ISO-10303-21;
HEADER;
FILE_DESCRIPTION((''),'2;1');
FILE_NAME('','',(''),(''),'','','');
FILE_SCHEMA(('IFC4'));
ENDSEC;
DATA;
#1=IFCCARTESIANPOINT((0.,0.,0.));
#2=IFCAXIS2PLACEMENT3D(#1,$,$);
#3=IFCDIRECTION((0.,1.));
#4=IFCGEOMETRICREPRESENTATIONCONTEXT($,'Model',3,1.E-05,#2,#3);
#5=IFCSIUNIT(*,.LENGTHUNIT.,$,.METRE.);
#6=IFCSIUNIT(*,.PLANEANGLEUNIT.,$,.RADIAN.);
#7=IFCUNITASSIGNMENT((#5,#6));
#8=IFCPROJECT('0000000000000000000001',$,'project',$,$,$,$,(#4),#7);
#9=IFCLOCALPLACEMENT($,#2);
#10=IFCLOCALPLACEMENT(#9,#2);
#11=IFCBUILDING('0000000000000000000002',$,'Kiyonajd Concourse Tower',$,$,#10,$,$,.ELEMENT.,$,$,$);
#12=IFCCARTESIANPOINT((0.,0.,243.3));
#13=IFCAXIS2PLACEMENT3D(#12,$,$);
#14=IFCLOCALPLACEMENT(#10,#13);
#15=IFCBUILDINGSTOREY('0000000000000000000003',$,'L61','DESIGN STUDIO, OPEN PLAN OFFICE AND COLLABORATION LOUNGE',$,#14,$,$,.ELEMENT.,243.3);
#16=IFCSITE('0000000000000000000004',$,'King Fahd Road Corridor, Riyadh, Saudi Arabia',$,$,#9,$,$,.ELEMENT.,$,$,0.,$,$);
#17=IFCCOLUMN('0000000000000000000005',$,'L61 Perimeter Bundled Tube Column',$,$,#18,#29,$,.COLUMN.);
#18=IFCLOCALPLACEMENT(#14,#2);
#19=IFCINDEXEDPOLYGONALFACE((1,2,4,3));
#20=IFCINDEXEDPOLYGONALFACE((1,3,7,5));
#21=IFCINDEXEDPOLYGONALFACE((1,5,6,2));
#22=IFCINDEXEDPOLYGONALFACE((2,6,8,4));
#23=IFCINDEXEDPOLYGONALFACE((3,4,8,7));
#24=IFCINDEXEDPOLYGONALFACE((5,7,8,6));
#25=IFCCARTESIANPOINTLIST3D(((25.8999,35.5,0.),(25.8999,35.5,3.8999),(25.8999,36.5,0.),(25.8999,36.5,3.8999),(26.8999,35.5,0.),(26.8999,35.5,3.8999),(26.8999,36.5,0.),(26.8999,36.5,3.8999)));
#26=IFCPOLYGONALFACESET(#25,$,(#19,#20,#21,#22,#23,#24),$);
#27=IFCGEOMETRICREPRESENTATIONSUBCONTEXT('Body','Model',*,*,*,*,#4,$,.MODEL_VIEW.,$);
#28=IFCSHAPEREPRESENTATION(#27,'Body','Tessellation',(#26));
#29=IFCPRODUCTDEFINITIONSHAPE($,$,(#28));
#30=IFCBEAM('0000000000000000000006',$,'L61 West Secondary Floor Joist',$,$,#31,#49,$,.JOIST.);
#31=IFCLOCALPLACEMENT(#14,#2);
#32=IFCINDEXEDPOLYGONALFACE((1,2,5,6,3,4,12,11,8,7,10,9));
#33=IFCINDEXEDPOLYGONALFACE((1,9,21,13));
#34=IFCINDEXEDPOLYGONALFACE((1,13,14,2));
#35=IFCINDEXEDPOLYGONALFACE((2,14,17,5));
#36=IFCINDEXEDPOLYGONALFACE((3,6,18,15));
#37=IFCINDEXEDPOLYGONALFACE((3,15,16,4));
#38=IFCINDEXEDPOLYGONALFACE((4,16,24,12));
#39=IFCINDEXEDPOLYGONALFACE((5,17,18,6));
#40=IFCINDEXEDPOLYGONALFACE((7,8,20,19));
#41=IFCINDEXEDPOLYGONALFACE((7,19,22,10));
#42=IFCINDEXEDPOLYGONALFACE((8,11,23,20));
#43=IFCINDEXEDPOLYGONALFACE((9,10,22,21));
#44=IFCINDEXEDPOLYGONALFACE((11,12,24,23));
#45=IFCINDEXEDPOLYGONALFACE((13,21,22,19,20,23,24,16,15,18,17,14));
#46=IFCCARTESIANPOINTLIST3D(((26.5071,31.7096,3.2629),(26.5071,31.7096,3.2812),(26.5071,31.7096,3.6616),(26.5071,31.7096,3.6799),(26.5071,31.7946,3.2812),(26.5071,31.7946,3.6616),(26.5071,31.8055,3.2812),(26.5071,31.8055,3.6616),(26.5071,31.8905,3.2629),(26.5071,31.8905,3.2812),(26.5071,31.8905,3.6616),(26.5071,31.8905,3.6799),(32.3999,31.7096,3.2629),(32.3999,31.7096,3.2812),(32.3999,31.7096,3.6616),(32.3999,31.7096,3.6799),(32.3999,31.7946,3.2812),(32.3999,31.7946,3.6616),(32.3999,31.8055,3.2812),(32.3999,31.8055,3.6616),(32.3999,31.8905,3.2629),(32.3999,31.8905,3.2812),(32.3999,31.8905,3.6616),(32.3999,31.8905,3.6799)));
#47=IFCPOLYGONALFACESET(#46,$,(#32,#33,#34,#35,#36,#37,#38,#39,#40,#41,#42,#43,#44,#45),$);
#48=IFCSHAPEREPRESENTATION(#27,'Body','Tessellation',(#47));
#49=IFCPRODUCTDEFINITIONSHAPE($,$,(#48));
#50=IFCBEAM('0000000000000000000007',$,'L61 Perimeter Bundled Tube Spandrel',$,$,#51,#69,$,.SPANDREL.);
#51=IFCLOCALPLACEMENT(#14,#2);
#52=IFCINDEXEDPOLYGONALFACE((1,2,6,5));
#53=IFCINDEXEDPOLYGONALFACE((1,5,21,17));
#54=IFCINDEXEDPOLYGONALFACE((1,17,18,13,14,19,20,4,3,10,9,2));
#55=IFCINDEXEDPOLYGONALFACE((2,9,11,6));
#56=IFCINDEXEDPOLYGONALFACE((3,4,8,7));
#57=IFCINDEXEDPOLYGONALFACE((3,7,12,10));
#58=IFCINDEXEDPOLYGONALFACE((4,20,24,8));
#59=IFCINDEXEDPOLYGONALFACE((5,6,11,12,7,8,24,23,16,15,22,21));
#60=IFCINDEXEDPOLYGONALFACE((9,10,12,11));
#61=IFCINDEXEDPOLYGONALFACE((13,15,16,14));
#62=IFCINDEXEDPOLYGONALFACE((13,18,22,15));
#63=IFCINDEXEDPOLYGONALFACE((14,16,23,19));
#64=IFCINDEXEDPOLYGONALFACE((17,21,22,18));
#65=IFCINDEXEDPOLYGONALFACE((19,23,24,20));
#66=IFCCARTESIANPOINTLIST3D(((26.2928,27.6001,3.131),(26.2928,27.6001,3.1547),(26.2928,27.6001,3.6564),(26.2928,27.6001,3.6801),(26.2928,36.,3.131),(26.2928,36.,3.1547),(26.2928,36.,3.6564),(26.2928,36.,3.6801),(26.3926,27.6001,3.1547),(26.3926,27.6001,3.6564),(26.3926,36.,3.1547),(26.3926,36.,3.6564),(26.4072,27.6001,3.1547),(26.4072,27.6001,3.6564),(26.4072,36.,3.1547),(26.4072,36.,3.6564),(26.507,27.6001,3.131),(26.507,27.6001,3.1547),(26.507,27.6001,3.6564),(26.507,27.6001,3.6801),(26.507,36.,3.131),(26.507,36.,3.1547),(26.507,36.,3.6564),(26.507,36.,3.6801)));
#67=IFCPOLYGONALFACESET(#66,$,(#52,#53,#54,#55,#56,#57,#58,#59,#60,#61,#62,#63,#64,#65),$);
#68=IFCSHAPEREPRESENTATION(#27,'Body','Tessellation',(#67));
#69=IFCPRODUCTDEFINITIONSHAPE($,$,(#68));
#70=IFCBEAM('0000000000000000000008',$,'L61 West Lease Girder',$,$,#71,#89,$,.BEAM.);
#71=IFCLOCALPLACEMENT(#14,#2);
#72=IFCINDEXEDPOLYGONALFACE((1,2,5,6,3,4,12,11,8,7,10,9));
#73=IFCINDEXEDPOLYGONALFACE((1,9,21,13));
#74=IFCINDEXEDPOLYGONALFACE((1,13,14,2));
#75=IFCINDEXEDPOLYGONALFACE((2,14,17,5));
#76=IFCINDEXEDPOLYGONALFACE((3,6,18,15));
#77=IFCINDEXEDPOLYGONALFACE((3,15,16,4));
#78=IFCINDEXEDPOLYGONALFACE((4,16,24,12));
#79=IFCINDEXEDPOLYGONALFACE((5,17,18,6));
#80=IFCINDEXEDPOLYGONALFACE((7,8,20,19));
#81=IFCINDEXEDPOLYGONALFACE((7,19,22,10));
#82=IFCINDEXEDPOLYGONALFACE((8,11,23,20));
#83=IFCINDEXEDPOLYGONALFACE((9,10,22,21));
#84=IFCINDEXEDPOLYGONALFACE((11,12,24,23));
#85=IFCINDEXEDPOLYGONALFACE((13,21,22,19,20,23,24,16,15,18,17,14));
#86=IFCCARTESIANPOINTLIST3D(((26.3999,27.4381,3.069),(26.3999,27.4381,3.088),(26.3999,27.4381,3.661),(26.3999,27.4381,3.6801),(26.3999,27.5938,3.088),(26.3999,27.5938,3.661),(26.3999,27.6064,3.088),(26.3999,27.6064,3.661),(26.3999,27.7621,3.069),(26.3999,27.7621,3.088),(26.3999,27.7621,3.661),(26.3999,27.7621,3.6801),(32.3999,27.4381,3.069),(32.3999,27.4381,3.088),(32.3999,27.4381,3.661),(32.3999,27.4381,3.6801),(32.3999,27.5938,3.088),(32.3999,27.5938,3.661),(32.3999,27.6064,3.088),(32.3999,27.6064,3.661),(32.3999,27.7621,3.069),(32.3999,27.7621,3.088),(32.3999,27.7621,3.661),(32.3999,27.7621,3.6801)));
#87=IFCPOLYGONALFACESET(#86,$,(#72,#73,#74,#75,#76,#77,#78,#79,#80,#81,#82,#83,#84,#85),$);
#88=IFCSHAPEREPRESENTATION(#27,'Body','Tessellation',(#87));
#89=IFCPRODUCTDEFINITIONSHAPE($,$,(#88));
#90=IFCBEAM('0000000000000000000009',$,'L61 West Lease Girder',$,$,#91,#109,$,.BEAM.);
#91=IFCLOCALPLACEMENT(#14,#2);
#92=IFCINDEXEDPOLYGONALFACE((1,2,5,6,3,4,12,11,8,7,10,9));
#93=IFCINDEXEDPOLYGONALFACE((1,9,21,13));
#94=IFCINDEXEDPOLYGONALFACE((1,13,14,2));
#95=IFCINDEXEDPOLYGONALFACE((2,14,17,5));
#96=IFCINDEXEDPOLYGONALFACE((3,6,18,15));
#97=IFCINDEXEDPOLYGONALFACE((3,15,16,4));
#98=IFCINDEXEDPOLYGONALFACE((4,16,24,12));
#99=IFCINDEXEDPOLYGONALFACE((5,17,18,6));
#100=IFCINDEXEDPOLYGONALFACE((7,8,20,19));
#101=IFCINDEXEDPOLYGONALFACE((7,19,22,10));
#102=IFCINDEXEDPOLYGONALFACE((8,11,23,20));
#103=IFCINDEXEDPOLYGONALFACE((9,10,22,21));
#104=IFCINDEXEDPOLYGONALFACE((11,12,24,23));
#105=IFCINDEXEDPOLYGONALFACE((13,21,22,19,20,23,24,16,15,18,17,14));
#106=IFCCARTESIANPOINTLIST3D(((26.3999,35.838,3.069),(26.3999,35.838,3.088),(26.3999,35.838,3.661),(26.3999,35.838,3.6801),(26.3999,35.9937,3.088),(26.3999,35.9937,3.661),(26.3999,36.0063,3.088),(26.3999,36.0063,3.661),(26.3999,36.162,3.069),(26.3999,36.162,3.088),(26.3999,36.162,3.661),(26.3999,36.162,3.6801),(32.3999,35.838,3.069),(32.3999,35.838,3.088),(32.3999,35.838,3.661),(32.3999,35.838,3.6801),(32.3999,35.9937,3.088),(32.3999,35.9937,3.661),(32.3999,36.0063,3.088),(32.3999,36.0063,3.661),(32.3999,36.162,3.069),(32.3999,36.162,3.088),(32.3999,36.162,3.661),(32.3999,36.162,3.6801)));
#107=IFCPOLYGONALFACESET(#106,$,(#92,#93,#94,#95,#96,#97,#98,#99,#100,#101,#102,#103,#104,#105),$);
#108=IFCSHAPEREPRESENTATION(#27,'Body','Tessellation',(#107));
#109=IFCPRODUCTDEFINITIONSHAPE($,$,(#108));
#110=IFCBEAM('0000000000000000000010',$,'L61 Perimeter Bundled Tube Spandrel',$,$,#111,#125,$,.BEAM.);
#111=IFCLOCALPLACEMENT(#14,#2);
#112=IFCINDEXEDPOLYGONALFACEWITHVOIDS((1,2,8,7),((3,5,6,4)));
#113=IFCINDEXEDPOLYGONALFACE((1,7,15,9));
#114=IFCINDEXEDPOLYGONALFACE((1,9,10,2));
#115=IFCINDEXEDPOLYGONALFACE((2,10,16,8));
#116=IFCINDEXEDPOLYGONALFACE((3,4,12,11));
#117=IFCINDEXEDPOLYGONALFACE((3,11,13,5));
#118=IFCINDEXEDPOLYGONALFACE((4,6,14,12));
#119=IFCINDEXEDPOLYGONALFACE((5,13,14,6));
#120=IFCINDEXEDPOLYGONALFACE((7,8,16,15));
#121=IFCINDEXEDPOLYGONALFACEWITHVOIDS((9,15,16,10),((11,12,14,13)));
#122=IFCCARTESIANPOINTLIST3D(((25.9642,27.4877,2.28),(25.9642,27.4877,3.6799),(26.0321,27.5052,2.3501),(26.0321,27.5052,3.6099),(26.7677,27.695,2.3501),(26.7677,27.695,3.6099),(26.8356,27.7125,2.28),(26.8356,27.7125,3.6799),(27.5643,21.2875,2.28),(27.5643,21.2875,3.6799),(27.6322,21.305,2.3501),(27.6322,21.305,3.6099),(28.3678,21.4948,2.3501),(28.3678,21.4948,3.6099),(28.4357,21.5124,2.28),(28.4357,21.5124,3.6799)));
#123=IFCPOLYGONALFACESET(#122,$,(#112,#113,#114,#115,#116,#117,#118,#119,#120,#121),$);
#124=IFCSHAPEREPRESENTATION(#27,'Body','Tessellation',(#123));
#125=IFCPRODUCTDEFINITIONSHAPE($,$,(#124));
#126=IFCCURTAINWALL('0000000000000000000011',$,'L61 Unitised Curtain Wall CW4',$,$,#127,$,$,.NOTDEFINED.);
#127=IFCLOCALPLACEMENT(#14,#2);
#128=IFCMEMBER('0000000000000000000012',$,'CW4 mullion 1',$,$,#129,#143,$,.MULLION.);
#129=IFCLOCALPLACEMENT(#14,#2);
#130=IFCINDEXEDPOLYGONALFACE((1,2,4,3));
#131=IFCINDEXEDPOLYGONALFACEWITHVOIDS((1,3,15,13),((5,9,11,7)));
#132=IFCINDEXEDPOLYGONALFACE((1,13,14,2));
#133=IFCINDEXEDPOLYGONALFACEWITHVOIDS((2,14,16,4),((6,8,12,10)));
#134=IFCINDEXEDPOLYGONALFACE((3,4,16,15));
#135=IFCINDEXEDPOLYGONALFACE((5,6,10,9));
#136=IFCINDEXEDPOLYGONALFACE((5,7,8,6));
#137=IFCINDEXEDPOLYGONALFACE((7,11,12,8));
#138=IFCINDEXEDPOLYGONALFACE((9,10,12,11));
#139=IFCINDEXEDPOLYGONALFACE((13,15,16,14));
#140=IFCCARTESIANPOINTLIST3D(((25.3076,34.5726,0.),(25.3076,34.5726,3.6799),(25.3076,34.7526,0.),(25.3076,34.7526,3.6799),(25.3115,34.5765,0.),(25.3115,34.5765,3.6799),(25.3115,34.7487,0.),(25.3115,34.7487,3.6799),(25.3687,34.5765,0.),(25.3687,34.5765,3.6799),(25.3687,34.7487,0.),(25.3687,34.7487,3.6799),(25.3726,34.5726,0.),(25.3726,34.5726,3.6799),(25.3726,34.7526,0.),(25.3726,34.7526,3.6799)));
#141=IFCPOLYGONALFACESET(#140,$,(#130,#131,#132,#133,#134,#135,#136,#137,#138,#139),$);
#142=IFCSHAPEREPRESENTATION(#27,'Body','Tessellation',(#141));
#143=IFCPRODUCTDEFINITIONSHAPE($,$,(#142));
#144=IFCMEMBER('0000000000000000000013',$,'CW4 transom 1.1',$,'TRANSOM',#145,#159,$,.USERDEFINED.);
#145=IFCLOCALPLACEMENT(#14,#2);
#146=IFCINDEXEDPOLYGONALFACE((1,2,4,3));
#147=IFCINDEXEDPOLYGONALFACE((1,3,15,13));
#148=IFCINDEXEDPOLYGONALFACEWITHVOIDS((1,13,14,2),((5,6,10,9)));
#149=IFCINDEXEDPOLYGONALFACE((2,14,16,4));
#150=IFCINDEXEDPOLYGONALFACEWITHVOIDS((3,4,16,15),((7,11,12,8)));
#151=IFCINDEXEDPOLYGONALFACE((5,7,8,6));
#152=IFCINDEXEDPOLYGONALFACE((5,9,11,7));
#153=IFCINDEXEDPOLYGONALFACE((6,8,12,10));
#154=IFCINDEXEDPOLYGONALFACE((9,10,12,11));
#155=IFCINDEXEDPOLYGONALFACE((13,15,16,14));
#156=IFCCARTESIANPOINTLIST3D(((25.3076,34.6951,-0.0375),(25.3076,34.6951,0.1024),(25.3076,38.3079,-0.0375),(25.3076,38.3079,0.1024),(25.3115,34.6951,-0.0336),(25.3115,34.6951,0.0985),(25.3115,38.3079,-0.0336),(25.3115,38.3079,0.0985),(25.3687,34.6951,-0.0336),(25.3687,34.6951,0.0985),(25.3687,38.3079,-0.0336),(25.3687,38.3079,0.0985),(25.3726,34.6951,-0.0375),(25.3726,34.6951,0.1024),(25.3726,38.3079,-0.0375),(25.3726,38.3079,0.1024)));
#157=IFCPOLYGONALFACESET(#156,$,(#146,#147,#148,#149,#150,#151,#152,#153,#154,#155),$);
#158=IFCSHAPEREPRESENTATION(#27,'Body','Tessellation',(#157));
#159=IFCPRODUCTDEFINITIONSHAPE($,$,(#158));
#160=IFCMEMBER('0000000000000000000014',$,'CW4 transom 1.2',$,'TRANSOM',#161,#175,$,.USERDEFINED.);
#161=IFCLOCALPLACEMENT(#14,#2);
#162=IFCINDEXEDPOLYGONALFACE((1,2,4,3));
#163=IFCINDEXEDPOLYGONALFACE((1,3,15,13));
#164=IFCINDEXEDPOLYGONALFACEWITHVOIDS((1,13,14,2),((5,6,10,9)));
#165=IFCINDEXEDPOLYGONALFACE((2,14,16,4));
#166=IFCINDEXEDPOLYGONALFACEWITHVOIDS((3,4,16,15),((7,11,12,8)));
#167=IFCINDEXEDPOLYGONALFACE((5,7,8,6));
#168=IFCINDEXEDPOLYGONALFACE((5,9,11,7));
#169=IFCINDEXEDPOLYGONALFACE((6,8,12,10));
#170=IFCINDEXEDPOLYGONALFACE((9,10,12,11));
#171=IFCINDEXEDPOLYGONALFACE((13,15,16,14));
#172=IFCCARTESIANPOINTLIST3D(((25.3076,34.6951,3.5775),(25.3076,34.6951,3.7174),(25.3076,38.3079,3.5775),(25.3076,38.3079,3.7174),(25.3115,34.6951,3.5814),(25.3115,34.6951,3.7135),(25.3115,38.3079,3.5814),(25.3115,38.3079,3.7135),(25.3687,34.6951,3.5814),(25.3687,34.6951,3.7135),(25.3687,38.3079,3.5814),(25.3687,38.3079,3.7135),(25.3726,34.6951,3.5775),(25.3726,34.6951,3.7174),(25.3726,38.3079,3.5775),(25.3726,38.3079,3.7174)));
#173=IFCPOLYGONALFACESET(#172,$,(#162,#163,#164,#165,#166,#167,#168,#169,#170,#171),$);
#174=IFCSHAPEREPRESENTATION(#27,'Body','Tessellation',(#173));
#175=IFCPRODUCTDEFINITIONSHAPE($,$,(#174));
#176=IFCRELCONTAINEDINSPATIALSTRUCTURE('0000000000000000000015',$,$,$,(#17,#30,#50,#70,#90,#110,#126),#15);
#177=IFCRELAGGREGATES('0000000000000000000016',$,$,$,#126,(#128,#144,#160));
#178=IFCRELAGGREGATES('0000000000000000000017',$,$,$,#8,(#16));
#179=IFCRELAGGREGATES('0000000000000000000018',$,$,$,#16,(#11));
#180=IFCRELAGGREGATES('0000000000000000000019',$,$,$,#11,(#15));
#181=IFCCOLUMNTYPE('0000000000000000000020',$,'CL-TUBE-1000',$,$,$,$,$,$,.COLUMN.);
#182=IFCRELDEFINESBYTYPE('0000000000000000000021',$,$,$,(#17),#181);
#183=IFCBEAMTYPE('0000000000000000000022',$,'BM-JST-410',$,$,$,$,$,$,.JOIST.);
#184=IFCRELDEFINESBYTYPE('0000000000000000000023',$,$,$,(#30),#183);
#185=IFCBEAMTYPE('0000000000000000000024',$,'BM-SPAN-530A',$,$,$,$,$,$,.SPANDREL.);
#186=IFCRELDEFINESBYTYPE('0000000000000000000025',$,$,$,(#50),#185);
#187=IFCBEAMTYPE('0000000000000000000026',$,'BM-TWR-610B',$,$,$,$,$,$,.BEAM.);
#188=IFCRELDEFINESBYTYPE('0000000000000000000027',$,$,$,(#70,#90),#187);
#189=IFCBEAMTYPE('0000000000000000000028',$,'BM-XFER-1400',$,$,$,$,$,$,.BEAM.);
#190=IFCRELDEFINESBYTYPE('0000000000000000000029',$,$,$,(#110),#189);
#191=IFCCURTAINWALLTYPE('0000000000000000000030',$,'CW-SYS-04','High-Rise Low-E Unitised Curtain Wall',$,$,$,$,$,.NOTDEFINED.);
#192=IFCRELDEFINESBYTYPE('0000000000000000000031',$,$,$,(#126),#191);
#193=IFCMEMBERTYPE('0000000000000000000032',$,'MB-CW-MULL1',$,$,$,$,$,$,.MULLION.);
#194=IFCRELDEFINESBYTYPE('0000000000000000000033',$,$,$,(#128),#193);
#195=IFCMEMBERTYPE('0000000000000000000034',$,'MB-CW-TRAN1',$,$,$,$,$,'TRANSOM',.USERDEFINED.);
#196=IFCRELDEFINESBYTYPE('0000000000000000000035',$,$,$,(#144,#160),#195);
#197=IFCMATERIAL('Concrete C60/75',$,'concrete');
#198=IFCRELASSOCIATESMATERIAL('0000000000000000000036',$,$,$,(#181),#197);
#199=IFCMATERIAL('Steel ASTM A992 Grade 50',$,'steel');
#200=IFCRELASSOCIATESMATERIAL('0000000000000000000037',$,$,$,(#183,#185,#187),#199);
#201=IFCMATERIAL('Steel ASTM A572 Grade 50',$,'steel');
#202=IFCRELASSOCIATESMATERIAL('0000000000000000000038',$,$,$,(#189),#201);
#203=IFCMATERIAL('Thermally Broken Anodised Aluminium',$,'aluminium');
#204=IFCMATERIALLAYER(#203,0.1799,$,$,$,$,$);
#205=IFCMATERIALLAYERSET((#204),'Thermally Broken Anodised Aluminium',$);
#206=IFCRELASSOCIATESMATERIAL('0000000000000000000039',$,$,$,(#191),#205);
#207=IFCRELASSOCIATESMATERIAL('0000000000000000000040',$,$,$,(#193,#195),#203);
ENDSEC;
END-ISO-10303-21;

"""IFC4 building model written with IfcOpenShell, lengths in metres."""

from ifc_helpers import new_model, si_unit, direction, frame, origin, origin_2d, place, context, subcontext, project, spatial, rectangle, hollow_rectangle, i_section, extrude, material, layer, layer_set, material_profile, profile_set, type_object, element, aggregate, save


model = new_model("IFC4")

# Units and contexts
model_context = context("Model", 3, precision=1e-05, world=origin(), true_north=direction((0.0, 1.0)))
body_context = subcontext(model_context, "Body", "Model", "MODEL_VIEW")
ifc_project = project(units=[si_unit("LENGTHUNIT", "METRE"), si_unit("PLANEANGLEUNIT", "RADIAN")], contexts=[model_context])

# Site, building, storey
site_placement = place(None, origin())
site = spatial("IfcSite", under=ifc_project, at=site_placement, Name="King Fahd Road Corridor, Riyadh, Saudi Arabia", CompositionType="ELEMENT", RefElevation=0.0)
building_placement = place(site_placement, origin())
building = spatial("IfcBuilding", under=site, at=building_placement, Name="Kiyonajd Concourse Tower", CompositionType="ELEMENT")
storey_placement = place(building_placement, frame((0.0, 0.0, 243.3)))
storey = spatial("IfcBuildingStorey", under=building, at=storey_placement, Name="L61", Description="DESIGN STUDIO, OPEN PLAN OFFICE AND COLLABORATION LOUNGE", CompositionType="ELEMENT", Elevation=243.3)

# Column
ifc_material_1 = material(Name="Concrete C60/75", Category="concrete")
ifc_material_profile_1 = material_profile(ifc_material_1, rectangle(XDim=1.0, YDim=1.0, at=origin_2d()), Name="RC-1000x1000")
ifc_profile_set_1 = profile_set([ifc_material_profile_1], Name="Concrete C60/75")
column_type = type_object("IfcColumnType", Name="CL-TUBE-1000", PredefinedType="COLUMN", material=ifc_profile_set_1)
column_placement = place(storey_placement, frame((26.3999, 36.0, 0.0), z_axis=(0.0, 0.0, 1.0), x_axis=(1.0, 0.0, 0.0)))
element("IfcColumn", 1, at=column_placement, inside=storey, type_object=column_type, Name="L61 Perimeter Bundled Tube Column", PredefinedType="COLUMN", context=body_context, shape_type="SweptSolid", body=[
    extrude(rectangle(XDim=1.0, YDim=1.0, at=origin_2d()), origin(), (0.0, 0.0, 1.0), 3.8999),
])

# Beams
ifc_material_2 = material(Name="Steel ASTM A992 Grade 50", Category="steel")
ifc_material_profile_2 = material_profile(ifc_material_2, i_section(OverallWidth=0.1809, OverallDepth=0.417, WebThickness=0.011, FlangeThickness=0.0183, at=origin_2d()), Name="W410X85")
ifc_profile_set_2 = profile_set([ifc_material_profile_2], Name="Steel ASTM A992 Grade 50")
beam_type_1 = type_object("IfcBeamType", Name="BM-JST-410", PredefinedType="JOIST", material=ifc_profile_set_2)
beam_1_placement = place(storey_placement, frame((26.5071, 31.8, 3.4714), z_axis=(1.0, 0.0, 0.0), x_axis=(0.0, 1.0, 0.0)))
element("IfcBeam", 2, at=beam_1_placement, inside=storey, type_object=beam_type_1, Name="L61 West Secondary Floor Joist", PredefinedType="JOIST", context=body_context, shape_type="SweptSolid", body=[
    extrude(i_section(OverallWidth=0.1809, OverallDepth=0.417, WebThickness=0.011, FlangeThickness=0.0183, at=origin_2d()), origin(), (0.0, 0.0, 1.0), 5.8928),
])
ifc_material_profile_3 = material_profile(ifc_material_2, i_section(OverallWidth=0.2141, OverallDepth=0.5491, WebThickness=0.0146, FlangeThickness=0.0237, at=origin_2d()), Name="W530X138")
ifc_profile_set_3 = profile_set([ifc_material_profile_3], Name="Steel ASTM A992 Grade 50")
beam_type_2 = type_object("IfcBeamType", Name="BM-SPAN-530A", PredefinedType="SPANDREL", material=ifc_profile_set_3)
beam_2_placement = place(storey_placement, frame((26.3999, 36.0, 3.4055), z_axis=(0.0, -1.0, 0.0), x_axis=(1.0, 0.0, 0.0)))
element("IfcBeam", 3, at=beam_2_placement, inside=storey, type_object=beam_type_2, Name="L61 Perimeter Bundled Tube Spandrel", PredefinedType="SPANDREL", context=body_context, shape_type="SweptSolid", body=[
    extrude(i_section(OverallWidth=0.2141, OverallDepth=0.5491, WebThickness=0.0146, FlangeThickness=0.0237, at=origin_2d()), origin(), (0.0, 0.0, 1.0), 8.3999),
])
ifc_material_profile_4 = material_profile(ifc_material_2, i_section(OverallWidth=0.324, OverallDepth=0.6111, WebThickness=0.0127, FlangeThickness=0.019, at=origin_2d()), Name="W610X155")
ifc_profile_set_4 = profile_set([ifc_material_profile_4], Name="Steel ASTM A992 Grade 50")
beam_type_3 = type_object("IfcBeamType", Name="BM-TWR-610B", PredefinedType="BEAM", material=ifc_profile_set_4)
for number, where, z_axis, x_axis, name in (
    (4, (26.3999, 27.6001, 3.3745), (1.0, 0.0, 0.0), (0.0, 1.0, 0.0), "L61 West Lease Girder"),
    (5, (26.3999, 36.0, 3.3745), (1.0, 0.0, 0.0), (0.0, 1.0, 0.0), "L61 West Lease Girder"),
):
    element("IfcBeam", number, at=place(storey_placement, frame(where, z_axis=z_axis, x_axis=x_axis)), inside=storey, type_object=beam_type_3, Name=name, PredefinedType="BEAM", context=body_context, shape_type="SweptSolid", body=[
        extrude(i_section(OverallWidth=0.324, OverallDepth=0.6111, WebThickness=0.0127, FlangeThickness=0.019, at=origin_2d()), origin(), (0.0, 0.0, 1.0), 6.0),
    ])
ifc_material_3 = material(Name="Steel ASTM A572 Grade 50", Category="steel")
ifc_material_profile_5 = material_profile(ifc_material_3, hollow_rectangle(XDim=0.8999, YDim=1.3999, WallThickness=0.0701, at=origin_2d()), Name="BOX-1400x900x70")
ifc_profile_set_5 = profile_set([ifc_material_profile_5], Name="Steel ASTM A572 Grade 50")
beam_type_4 = type_object("IfcBeamType", Name="BM-XFER-1400", PredefinedType="BEAM", material=ifc_profile_set_5)
beam_3_placement = place(storey_placement, frame((26.3999, 27.6001, 2.98), z_axis=(0.249885, -0.968276, 0.0), x_axis=(0.968276, 0.249885, 0.0)))
element("IfcBeam", 6, at=beam_3_placement, inside=storey, type_object=beam_type_4, Name="L61 Perimeter Bundled Tube Spandrel", PredefinedType="BEAM", context=body_context, shape_type="SweptSolid", body=[
    extrude(hollow_rectangle(XDim=0.8999, YDim=1.3999, WallThickness=0.0701, at=origin_2d()), origin(), (0.0, 0.0, 1.0), 6.4033),
])

# Curtain wall, members
ifc_material_4 = material(Name="Thermally Broken Anodised Aluminium", Category="aluminium")
ifc_layer_1 = layer(ifc_material_4, 0.1799)
ifc_layer_set_1 = layer_set([ifc_layer_1], Name="Thermally Broken Anodised Aluminium")
curtain_wall_type = type_object("IfcCurtainWallType", Name="CW-SYS-04", Description="High-Rise Low-E Unitised Curtain Wall", PredefinedType="NOTDEFINED", material=ifc_layer_set_1)
curtain_wall_placement = place(storey_placement, origin())
curtain_wall = element("IfcCurtainWall", 7, at=curtain_wall_placement, inside=storey, type_object=curtain_wall_type, Name="L61 Unitised Curtain Wall CW4", PredefinedType="NOTDEFINED")
ifc_material_profile_6 = material_profile(ifc_material_4, hollow_rectangle(XDim=0.0649, YDim=0.1799, WallThickness=0.0039, at=origin_2d()), Name="MULL-65x180")
ifc_profile_set_6 = profile_set([ifc_material_profile_6], Name="Thermally Broken Anodised Aluminium")
member_type_1 = type_object("IfcMemberType", Name="MB-CW-MULL1", PredefinedType="MULLION", material=ifc_profile_set_6)
member_1_placement = place(storey_placement, frame((25.3401, 34.6626, 0.0), z_axis=(0.0, 0.0, 1.0), x_axis=(-1.0, 0.0, 0.0)))
member_1 = element("IfcMember", 8, at=member_1_placement, type_object=member_type_1, Name="CW4 mullion 1", PredefinedType="MULLION", context=body_context, shape_type="SweptSolid", body=[
    extrude(hollow_rectangle(XDim=0.0649, YDim=0.1799, WallThickness=0.0039, at=origin_2d()), origin(), (0.0, 0.0, 1.0), 3.6799),
])
ifc_material_profile_7 = material_profile(ifc_material_4, hollow_rectangle(XDim=0.0649, YDim=0.1399, WallThickness=0.0039, at=origin_2d()), Name="TRAN-65x140")
ifc_profile_set_7 = profile_set([ifc_material_profile_7], Name="Thermally Broken Anodised Aluminium")
member_type_2 = type_object("IfcMemberType", Name="MB-CW-TRAN1", ElementType="TRANSOM", PredefinedType="USERDEFINED", material=ifc_profile_set_7)
member_2_placement = place(storey_placement, frame((25.3401, 34.6951, 0.0325), z_axis=(0.0, 1.0, 0.0), x_axis=(-1.0, 0.0, 0.0)))
member_2 = element("IfcMember", 9, at=member_2_placement, type_object=member_type_2, Name="CW4 transom 1.1", ObjectType="TRANSOM", PredefinedType="USERDEFINED", context=body_context, shape_type="SweptSolid", body=[
    extrude(hollow_rectangle(XDim=0.0649, YDim=0.1399, WallThickness=0.0039, at=origin_2d()), origin(), (0.0, 0.0, 1.0), 3.6128),
])
member_3_placement = place(storey_placement, frame((25.3401, 34.6951, 3.6475), z_axis=(0.0, 1.0, 0.0), x_axis=(-1.0, 0.0, 0.0)))
member_3 = element("IfcMember", 10, at=member_3_placement, type_object=member_type_2, Name="CW4 transom 1.2", ObjectType="TRANSOM", PredefinedType="USERDEFINED", context=body_context, shape_type="SweptSolid", body=[
    extrude(hollow_rectangle(XDim=0.0649, YDim=0.1399, WallThickness=0.0039, at=origin_2d()), origin(), (0.0, 0.0, 1.0), 3.6128),
])

aggregate(curtain_wall, [member_1, member_2, member_3])

save(model, "model.ifc")
